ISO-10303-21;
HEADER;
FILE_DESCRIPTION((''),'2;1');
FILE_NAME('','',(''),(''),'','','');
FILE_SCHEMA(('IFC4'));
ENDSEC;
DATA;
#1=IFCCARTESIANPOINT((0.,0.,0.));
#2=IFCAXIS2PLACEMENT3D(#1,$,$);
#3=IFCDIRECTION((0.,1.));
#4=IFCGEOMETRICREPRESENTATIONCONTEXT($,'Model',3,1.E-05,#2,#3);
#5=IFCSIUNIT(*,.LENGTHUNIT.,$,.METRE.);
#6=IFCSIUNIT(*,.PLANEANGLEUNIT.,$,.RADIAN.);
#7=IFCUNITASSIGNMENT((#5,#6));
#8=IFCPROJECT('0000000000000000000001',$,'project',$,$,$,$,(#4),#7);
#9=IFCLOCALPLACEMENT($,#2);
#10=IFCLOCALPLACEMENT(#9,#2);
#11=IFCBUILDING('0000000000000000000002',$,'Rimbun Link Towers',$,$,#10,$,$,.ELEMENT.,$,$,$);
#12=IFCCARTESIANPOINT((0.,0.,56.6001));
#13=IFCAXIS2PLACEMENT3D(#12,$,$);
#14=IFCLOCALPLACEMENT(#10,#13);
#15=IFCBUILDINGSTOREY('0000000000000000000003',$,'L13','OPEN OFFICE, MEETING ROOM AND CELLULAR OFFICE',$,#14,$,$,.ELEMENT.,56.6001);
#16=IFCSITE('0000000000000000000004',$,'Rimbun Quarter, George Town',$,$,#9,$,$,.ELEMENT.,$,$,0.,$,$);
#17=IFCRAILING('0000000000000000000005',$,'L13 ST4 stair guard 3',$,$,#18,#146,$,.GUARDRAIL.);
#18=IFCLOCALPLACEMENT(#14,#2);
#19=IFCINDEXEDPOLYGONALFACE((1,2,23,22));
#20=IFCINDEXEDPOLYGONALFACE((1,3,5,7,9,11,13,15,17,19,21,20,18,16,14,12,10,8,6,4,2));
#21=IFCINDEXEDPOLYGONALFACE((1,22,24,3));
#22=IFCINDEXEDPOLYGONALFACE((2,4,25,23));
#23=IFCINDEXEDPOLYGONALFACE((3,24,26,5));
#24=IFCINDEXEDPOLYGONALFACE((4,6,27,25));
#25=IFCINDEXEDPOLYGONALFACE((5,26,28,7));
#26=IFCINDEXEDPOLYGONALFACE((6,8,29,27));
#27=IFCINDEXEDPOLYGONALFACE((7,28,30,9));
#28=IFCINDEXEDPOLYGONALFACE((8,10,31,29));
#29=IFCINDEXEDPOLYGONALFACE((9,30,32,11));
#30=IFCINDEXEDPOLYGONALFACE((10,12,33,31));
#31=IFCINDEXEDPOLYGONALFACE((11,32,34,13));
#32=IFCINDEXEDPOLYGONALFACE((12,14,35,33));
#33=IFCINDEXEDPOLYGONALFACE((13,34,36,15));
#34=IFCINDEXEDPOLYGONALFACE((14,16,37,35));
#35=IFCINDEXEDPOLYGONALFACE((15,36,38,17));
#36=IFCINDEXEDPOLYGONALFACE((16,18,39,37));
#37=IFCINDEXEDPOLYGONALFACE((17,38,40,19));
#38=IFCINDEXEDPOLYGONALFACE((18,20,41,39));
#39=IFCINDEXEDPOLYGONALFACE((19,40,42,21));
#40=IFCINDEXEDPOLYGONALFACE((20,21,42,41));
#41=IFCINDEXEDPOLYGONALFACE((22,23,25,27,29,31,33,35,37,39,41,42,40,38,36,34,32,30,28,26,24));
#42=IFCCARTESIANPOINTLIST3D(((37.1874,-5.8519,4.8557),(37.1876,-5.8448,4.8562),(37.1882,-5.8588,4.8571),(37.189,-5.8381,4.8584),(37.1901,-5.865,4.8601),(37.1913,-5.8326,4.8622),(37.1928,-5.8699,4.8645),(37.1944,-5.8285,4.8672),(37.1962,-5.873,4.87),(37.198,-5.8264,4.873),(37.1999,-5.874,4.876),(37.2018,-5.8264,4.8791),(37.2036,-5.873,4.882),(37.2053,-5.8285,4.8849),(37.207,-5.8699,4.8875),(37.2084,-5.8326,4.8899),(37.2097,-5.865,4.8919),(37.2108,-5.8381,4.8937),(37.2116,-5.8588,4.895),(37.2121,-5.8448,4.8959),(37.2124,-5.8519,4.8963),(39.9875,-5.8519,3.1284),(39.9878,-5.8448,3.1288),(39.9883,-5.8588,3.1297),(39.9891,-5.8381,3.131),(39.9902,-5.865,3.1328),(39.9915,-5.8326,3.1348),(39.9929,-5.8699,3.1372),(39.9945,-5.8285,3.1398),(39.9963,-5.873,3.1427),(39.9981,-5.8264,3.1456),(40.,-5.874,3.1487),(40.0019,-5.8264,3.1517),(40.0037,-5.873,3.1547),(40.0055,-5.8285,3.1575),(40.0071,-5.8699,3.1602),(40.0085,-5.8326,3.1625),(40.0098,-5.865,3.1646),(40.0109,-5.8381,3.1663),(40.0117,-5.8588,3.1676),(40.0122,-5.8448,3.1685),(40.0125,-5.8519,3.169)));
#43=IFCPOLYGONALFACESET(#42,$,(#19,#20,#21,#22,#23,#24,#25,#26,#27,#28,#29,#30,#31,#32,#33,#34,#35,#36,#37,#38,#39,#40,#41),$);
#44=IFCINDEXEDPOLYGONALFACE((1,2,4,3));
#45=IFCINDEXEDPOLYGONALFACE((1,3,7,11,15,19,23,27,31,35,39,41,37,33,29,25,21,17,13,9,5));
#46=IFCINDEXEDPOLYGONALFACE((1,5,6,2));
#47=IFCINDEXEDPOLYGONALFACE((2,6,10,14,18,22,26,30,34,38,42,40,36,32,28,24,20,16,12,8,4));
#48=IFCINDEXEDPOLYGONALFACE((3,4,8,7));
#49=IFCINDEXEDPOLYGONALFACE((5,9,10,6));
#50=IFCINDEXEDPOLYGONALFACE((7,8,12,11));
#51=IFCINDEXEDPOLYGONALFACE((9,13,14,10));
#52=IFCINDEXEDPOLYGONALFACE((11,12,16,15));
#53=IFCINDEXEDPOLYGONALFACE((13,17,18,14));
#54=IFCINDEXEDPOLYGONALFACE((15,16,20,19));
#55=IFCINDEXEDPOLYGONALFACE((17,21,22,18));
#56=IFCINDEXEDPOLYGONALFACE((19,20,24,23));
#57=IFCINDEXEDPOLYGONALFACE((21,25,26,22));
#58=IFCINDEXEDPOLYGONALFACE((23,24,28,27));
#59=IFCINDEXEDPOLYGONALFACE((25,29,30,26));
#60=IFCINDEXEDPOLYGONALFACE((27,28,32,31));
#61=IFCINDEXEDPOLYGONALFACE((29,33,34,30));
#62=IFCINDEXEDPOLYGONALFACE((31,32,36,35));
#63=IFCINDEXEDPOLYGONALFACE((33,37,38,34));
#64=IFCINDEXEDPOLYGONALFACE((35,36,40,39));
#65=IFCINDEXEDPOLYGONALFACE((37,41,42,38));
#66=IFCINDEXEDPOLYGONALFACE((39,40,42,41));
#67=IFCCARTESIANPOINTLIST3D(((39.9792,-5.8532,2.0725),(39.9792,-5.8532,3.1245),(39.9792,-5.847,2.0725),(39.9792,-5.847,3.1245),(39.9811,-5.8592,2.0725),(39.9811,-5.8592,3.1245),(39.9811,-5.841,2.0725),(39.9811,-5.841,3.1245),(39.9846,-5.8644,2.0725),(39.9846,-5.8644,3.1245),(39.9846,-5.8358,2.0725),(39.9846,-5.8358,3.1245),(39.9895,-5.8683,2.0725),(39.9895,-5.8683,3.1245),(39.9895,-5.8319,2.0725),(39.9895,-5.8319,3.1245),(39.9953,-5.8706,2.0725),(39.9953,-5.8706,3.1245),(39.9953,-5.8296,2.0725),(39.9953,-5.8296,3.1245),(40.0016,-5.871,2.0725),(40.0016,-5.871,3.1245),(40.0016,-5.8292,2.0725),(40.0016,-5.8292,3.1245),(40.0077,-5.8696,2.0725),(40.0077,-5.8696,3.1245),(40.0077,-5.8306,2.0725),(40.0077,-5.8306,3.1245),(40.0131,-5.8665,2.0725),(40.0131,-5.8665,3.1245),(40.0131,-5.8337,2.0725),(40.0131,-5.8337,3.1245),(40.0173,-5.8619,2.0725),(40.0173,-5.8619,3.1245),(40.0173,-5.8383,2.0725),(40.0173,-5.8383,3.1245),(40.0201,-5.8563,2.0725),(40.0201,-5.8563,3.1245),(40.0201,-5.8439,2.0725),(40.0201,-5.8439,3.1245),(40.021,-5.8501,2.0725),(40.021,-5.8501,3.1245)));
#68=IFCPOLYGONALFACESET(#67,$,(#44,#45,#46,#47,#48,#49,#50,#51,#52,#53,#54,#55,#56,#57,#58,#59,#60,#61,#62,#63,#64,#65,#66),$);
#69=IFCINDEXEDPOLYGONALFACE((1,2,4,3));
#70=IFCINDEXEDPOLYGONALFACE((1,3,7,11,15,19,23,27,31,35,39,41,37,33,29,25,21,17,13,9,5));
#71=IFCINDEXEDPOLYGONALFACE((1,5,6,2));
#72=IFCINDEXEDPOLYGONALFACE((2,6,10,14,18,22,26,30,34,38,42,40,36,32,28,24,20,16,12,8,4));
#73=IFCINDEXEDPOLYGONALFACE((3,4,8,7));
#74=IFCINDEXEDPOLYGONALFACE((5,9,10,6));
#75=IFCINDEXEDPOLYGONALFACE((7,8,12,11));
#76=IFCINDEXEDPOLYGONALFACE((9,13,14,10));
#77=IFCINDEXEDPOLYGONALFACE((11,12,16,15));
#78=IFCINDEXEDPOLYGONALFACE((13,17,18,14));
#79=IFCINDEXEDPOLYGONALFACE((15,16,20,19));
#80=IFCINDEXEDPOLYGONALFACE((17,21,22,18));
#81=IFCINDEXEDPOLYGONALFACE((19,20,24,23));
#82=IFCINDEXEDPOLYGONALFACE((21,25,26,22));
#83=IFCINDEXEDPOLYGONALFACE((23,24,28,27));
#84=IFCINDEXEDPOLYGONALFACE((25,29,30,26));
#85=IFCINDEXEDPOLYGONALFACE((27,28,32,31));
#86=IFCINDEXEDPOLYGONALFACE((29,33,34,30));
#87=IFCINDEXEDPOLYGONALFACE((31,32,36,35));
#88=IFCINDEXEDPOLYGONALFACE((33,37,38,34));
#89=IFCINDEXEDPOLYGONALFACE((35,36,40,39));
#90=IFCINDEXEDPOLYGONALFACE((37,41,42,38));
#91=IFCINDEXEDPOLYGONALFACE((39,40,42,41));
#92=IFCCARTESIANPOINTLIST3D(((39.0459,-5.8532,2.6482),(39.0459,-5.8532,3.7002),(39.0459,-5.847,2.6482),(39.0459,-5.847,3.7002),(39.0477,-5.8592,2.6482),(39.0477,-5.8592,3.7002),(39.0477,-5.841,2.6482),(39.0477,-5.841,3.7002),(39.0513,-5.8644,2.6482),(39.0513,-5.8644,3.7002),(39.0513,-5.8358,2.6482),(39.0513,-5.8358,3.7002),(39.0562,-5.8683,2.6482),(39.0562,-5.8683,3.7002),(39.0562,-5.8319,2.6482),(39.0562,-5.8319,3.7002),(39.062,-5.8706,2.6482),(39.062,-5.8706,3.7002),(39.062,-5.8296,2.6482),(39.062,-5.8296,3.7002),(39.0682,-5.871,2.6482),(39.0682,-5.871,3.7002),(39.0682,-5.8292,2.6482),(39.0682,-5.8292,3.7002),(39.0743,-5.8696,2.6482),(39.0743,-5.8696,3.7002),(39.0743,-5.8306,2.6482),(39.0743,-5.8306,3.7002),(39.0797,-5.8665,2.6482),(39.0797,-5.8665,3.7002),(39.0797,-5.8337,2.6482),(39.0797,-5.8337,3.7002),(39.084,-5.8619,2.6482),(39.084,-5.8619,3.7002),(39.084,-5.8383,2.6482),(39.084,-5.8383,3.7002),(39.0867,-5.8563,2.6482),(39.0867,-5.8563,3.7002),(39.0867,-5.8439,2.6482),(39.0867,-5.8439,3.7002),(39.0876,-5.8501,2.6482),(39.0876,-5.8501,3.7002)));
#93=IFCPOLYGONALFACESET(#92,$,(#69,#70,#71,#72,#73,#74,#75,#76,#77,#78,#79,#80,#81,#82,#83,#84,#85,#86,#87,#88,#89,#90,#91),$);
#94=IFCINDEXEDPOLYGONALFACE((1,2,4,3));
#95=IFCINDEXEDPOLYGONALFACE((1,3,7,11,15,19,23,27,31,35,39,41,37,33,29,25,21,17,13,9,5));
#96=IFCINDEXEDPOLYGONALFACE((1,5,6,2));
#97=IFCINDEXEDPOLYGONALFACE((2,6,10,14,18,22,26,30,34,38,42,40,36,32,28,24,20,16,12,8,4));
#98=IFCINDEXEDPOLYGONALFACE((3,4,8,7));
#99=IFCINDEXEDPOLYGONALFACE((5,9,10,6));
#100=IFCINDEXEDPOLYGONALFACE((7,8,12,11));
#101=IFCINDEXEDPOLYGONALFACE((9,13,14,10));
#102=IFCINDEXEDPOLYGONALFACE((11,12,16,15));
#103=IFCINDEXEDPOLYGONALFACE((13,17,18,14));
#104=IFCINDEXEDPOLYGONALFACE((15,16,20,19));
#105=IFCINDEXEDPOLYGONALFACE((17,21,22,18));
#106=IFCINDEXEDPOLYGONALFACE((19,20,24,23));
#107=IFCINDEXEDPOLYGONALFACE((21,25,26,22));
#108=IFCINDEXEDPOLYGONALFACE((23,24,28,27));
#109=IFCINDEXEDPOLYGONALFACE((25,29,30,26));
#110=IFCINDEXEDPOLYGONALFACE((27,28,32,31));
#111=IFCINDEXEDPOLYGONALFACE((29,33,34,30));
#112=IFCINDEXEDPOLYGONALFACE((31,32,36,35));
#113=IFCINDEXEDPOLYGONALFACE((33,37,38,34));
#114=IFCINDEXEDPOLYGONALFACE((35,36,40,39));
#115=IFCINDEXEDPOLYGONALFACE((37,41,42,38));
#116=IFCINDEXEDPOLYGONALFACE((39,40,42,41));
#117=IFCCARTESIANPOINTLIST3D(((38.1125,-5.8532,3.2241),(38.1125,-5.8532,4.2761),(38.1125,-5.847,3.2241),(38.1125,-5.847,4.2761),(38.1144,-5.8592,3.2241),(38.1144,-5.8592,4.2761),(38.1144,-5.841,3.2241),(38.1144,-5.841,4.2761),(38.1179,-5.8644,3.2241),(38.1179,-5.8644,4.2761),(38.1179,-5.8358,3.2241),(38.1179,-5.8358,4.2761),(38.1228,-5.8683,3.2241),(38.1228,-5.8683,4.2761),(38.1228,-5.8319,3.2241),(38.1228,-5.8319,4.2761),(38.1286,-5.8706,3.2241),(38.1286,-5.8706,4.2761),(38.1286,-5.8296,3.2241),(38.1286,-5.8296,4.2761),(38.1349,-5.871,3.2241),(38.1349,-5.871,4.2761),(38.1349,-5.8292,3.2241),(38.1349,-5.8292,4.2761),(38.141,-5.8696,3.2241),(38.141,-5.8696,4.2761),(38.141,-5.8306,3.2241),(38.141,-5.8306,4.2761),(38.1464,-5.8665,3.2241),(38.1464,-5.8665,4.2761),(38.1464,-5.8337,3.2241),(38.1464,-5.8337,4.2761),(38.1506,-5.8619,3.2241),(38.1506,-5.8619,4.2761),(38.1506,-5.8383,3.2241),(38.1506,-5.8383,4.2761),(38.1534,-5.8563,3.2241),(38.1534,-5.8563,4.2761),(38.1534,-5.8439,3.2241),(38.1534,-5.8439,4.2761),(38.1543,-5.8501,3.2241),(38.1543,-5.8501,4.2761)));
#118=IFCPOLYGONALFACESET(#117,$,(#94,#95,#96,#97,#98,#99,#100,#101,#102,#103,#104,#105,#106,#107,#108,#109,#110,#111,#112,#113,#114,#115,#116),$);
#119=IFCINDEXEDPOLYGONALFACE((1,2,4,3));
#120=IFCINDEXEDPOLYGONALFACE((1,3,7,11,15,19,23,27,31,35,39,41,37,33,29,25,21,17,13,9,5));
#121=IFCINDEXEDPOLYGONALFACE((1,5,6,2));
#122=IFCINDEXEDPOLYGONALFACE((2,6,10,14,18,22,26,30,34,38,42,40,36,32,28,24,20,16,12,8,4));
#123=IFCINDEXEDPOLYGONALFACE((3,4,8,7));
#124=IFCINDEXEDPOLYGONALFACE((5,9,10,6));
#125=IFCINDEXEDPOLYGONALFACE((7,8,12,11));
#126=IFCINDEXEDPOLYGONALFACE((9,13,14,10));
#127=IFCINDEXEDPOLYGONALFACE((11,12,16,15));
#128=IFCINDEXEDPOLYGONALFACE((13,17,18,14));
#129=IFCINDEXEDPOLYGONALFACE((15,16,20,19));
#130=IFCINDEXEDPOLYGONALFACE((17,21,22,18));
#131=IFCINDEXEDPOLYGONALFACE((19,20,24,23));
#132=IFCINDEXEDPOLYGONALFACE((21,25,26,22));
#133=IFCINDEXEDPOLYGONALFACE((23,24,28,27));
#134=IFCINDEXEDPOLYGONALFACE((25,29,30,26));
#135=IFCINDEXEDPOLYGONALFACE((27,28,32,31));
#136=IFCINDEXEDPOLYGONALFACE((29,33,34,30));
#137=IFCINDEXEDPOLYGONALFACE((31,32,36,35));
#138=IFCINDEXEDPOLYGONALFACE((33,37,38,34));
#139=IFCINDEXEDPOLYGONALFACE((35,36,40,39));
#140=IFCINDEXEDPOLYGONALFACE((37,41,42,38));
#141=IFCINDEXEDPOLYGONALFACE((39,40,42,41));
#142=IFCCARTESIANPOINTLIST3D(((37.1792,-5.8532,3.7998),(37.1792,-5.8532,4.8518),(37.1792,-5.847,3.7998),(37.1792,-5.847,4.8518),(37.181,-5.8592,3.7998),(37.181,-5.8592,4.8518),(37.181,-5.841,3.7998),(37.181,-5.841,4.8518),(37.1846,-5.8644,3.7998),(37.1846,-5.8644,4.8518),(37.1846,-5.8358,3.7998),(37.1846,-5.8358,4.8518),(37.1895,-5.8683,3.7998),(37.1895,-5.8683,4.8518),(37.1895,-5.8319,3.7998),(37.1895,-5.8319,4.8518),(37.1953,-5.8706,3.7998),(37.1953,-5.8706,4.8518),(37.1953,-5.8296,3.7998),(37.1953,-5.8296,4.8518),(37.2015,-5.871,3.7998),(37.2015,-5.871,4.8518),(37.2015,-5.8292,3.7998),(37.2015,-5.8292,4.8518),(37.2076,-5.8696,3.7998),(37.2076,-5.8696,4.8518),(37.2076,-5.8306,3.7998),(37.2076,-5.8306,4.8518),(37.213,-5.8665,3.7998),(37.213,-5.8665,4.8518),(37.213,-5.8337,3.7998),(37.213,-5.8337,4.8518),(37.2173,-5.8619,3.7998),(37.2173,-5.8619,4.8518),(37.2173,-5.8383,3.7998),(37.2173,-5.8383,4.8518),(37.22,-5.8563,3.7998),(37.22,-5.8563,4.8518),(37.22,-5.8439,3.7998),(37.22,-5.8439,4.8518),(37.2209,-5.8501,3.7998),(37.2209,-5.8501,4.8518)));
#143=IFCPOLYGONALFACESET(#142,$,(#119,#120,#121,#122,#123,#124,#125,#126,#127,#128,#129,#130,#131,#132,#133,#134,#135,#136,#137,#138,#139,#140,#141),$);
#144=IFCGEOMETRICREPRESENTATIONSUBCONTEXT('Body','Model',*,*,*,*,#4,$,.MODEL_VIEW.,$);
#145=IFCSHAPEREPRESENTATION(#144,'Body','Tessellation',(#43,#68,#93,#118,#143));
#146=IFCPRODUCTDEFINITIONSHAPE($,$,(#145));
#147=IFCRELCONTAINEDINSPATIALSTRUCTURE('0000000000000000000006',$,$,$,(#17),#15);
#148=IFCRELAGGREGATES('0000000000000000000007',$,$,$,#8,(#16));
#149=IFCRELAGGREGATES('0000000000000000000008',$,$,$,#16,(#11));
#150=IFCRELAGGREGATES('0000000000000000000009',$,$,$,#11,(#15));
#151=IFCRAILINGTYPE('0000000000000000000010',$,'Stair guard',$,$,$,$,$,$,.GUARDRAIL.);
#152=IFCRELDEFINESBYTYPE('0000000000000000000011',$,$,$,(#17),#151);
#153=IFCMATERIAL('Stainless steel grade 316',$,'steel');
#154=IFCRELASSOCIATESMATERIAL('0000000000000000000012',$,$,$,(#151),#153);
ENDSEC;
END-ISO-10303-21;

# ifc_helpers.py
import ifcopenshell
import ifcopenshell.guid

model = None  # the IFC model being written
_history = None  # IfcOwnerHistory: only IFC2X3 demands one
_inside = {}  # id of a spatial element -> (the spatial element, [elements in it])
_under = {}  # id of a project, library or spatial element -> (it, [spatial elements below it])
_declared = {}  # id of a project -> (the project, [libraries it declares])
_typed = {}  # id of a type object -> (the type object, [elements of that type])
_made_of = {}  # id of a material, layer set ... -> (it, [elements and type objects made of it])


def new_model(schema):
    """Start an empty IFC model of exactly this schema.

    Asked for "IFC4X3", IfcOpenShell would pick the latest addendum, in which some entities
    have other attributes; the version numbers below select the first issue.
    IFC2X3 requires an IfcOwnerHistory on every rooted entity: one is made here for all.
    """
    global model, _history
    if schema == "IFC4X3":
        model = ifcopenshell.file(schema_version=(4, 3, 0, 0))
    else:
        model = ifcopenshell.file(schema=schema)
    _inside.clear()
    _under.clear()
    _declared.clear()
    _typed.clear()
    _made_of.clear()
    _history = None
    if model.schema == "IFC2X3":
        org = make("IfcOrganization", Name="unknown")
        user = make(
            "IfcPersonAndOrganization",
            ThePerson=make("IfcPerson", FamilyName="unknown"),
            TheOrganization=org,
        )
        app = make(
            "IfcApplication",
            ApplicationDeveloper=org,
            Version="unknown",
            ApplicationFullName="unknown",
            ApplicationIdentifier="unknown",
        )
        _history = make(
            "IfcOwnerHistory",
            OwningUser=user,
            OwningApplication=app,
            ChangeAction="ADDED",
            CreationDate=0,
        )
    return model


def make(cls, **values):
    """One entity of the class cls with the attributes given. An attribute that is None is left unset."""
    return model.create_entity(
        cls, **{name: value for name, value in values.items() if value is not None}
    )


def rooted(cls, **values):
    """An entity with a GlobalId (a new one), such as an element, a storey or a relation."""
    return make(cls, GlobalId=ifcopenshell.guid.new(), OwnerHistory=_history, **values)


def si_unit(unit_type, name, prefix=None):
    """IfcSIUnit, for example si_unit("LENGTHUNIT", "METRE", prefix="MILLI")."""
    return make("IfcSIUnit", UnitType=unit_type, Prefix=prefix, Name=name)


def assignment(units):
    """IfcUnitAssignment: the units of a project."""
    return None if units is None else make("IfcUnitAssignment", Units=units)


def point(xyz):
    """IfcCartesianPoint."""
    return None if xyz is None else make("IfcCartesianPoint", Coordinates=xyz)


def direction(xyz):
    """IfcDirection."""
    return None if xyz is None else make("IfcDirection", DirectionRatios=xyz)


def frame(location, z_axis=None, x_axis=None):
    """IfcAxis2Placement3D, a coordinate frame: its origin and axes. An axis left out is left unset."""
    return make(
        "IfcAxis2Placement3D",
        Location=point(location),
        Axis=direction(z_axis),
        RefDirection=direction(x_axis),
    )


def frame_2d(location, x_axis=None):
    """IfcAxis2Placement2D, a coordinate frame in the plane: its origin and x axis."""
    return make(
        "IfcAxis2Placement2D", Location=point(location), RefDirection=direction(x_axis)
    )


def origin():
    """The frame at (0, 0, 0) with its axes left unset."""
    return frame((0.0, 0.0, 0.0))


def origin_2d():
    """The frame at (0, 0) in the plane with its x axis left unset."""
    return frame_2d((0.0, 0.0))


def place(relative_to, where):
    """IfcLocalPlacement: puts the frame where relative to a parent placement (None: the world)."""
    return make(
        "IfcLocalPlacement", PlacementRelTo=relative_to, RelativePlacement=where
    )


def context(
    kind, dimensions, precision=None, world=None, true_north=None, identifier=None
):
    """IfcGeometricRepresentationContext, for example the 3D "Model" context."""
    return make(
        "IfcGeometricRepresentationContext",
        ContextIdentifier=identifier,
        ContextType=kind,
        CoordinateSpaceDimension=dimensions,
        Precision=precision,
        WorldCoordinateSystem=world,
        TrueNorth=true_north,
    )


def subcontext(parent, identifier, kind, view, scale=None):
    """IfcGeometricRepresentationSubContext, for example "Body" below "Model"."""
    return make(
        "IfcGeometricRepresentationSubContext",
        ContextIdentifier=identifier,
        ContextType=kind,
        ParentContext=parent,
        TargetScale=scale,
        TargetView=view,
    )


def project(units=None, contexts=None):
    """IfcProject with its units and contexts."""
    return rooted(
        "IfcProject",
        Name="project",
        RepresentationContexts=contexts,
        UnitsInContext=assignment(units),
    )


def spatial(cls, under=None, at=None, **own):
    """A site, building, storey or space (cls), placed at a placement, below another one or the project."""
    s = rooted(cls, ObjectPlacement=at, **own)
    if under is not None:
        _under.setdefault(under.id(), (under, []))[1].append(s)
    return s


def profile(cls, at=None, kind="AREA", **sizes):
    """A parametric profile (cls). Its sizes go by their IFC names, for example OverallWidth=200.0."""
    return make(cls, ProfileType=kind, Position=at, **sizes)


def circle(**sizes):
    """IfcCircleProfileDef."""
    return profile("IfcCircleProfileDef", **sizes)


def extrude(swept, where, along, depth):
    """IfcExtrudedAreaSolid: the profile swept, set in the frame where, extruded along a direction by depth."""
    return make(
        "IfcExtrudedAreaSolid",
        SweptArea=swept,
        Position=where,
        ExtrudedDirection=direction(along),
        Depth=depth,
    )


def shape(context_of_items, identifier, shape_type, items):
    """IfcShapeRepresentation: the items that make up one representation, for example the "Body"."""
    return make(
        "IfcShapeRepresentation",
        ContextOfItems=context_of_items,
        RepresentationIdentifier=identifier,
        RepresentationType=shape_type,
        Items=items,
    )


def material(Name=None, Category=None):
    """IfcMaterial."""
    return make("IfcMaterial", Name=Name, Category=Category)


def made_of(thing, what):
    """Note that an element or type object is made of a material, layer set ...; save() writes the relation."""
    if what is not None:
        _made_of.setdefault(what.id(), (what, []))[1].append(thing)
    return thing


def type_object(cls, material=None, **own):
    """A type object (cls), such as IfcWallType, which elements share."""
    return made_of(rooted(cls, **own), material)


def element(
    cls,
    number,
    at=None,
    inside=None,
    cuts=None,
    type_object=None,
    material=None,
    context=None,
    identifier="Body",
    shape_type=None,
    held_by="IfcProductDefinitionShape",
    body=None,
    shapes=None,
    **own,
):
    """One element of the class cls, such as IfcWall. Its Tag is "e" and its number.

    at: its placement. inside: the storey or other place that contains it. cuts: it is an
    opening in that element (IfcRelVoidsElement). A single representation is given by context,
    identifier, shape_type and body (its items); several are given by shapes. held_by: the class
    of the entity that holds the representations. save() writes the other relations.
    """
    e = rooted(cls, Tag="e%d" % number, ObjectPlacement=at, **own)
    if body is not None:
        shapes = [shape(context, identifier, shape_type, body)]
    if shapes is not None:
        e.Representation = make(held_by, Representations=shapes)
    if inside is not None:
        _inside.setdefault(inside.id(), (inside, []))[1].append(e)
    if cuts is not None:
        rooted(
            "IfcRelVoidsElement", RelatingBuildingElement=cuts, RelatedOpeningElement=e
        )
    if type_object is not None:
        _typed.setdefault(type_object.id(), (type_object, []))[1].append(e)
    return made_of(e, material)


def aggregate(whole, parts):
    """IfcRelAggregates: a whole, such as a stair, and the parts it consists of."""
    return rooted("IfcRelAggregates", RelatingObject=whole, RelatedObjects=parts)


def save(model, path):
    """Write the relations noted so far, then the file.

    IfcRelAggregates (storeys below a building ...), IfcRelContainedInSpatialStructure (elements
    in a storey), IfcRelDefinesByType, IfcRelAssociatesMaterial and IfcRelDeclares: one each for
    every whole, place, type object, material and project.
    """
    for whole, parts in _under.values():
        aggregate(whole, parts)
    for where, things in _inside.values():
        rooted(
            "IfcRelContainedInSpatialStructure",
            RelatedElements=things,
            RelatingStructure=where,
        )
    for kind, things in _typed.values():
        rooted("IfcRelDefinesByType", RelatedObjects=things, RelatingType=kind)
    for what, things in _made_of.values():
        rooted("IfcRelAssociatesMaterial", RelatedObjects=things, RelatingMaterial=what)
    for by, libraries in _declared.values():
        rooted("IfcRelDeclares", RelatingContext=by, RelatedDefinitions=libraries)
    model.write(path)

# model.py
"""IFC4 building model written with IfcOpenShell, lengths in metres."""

from ifc_helpers import new_model, si_unit, direction, frame, origin, origin_2d, place, context, subcontext, project, spatial, circle, extrude, material, type_object, element, save


model = new_model("IFC4")

# Units and contexts
model_context = context("Model", 3, precision=1e-05, world=origin(), true_north=direction((0.0, 1.0)))
body_context = subcontext(model_context, "Body", "Model", "MODEL_VIEW")
ifc_project = project(units=[si_unit("LENGTHUNIT", "METRE"), si_unit("PLANEANGLEUNIT", "RADIAN")], contexts=[model_context])

# Site, building, storey
site_placement = place(None, origin())
site = spatial("IfcSite", under=ifc_project, at=site_placement, Name="Rimbun Quarter, George Town", CompositionType="ELEMENT", RefElevation=0.0)
building_placement = place(site_placement, origin())
building = spatial("IfcBuilding", under=site, at=building_placement, Name="Rimbun Link Towers", CompositionType="ELEMENT")
storey_placement = place(building_placement, frame((0.0, 0.0, 56.6001)))
storey = spatial("IfcBuildingStorey", under=building, at=storey_placement, Name="L13", Description="OPEN OFFICE, MEETING ROOM AND CELLULAR OFFICE", CompositionType="ELEMENT", Elevation=56.6001)

# Railing
ifc_material_1 = material(Name="Stainless steel grade 316", Category="steel")
railing_type_1 = type_object("IfcRailingType", Name="Stair guard", PredefinedType="GUARDRAIL", material=ifc_material_1)
railing_1_placement = place(storey_placement, frame((40.0, -5.8501, 2.0725)))
element("IfcRailing", 1, at=railing_1_placement, inside=storey, type_object=railing_type_1, Name="L13 ST4 stair guard 3", PredefinedType="GUARDRAIL", context=body_context, shape_type="SweptSolid", body=[
    extrude(circle(Radius=0.0239, at=origin_2d()), frame((0.0, 0.0, 1.0762), z_axis=(-0.85109, 0.0, 0.52502), x_axis=(0.0, -1.0, 0.0)), (0.0, 0.0, 1.0), 3.29),
    extrude(circle(Radius=0.021, at=origin_2d()), origin(), (0.0, 0.0, 1.0), 1.052),
    extrude(circle(Radius=0.021, at=origin_2d()), frame((-0.9333, 0.0, 0.5757)), (0.0, 0.0, 1.0), 1.052),
    extrude(circle(Radius=0.021, at=origin_2d()), frame((-1.8667, 0.0, 1.1516)), (0.0, 0.0, 1.0), 1.052),
    extrude(circle(Radius=0.021, at=origin_2d()), frame((-2.8, 0.0, 1.7273)), (0.0, 0.0, 1.0), 1.052),
])

save(model, "model.ifc")
